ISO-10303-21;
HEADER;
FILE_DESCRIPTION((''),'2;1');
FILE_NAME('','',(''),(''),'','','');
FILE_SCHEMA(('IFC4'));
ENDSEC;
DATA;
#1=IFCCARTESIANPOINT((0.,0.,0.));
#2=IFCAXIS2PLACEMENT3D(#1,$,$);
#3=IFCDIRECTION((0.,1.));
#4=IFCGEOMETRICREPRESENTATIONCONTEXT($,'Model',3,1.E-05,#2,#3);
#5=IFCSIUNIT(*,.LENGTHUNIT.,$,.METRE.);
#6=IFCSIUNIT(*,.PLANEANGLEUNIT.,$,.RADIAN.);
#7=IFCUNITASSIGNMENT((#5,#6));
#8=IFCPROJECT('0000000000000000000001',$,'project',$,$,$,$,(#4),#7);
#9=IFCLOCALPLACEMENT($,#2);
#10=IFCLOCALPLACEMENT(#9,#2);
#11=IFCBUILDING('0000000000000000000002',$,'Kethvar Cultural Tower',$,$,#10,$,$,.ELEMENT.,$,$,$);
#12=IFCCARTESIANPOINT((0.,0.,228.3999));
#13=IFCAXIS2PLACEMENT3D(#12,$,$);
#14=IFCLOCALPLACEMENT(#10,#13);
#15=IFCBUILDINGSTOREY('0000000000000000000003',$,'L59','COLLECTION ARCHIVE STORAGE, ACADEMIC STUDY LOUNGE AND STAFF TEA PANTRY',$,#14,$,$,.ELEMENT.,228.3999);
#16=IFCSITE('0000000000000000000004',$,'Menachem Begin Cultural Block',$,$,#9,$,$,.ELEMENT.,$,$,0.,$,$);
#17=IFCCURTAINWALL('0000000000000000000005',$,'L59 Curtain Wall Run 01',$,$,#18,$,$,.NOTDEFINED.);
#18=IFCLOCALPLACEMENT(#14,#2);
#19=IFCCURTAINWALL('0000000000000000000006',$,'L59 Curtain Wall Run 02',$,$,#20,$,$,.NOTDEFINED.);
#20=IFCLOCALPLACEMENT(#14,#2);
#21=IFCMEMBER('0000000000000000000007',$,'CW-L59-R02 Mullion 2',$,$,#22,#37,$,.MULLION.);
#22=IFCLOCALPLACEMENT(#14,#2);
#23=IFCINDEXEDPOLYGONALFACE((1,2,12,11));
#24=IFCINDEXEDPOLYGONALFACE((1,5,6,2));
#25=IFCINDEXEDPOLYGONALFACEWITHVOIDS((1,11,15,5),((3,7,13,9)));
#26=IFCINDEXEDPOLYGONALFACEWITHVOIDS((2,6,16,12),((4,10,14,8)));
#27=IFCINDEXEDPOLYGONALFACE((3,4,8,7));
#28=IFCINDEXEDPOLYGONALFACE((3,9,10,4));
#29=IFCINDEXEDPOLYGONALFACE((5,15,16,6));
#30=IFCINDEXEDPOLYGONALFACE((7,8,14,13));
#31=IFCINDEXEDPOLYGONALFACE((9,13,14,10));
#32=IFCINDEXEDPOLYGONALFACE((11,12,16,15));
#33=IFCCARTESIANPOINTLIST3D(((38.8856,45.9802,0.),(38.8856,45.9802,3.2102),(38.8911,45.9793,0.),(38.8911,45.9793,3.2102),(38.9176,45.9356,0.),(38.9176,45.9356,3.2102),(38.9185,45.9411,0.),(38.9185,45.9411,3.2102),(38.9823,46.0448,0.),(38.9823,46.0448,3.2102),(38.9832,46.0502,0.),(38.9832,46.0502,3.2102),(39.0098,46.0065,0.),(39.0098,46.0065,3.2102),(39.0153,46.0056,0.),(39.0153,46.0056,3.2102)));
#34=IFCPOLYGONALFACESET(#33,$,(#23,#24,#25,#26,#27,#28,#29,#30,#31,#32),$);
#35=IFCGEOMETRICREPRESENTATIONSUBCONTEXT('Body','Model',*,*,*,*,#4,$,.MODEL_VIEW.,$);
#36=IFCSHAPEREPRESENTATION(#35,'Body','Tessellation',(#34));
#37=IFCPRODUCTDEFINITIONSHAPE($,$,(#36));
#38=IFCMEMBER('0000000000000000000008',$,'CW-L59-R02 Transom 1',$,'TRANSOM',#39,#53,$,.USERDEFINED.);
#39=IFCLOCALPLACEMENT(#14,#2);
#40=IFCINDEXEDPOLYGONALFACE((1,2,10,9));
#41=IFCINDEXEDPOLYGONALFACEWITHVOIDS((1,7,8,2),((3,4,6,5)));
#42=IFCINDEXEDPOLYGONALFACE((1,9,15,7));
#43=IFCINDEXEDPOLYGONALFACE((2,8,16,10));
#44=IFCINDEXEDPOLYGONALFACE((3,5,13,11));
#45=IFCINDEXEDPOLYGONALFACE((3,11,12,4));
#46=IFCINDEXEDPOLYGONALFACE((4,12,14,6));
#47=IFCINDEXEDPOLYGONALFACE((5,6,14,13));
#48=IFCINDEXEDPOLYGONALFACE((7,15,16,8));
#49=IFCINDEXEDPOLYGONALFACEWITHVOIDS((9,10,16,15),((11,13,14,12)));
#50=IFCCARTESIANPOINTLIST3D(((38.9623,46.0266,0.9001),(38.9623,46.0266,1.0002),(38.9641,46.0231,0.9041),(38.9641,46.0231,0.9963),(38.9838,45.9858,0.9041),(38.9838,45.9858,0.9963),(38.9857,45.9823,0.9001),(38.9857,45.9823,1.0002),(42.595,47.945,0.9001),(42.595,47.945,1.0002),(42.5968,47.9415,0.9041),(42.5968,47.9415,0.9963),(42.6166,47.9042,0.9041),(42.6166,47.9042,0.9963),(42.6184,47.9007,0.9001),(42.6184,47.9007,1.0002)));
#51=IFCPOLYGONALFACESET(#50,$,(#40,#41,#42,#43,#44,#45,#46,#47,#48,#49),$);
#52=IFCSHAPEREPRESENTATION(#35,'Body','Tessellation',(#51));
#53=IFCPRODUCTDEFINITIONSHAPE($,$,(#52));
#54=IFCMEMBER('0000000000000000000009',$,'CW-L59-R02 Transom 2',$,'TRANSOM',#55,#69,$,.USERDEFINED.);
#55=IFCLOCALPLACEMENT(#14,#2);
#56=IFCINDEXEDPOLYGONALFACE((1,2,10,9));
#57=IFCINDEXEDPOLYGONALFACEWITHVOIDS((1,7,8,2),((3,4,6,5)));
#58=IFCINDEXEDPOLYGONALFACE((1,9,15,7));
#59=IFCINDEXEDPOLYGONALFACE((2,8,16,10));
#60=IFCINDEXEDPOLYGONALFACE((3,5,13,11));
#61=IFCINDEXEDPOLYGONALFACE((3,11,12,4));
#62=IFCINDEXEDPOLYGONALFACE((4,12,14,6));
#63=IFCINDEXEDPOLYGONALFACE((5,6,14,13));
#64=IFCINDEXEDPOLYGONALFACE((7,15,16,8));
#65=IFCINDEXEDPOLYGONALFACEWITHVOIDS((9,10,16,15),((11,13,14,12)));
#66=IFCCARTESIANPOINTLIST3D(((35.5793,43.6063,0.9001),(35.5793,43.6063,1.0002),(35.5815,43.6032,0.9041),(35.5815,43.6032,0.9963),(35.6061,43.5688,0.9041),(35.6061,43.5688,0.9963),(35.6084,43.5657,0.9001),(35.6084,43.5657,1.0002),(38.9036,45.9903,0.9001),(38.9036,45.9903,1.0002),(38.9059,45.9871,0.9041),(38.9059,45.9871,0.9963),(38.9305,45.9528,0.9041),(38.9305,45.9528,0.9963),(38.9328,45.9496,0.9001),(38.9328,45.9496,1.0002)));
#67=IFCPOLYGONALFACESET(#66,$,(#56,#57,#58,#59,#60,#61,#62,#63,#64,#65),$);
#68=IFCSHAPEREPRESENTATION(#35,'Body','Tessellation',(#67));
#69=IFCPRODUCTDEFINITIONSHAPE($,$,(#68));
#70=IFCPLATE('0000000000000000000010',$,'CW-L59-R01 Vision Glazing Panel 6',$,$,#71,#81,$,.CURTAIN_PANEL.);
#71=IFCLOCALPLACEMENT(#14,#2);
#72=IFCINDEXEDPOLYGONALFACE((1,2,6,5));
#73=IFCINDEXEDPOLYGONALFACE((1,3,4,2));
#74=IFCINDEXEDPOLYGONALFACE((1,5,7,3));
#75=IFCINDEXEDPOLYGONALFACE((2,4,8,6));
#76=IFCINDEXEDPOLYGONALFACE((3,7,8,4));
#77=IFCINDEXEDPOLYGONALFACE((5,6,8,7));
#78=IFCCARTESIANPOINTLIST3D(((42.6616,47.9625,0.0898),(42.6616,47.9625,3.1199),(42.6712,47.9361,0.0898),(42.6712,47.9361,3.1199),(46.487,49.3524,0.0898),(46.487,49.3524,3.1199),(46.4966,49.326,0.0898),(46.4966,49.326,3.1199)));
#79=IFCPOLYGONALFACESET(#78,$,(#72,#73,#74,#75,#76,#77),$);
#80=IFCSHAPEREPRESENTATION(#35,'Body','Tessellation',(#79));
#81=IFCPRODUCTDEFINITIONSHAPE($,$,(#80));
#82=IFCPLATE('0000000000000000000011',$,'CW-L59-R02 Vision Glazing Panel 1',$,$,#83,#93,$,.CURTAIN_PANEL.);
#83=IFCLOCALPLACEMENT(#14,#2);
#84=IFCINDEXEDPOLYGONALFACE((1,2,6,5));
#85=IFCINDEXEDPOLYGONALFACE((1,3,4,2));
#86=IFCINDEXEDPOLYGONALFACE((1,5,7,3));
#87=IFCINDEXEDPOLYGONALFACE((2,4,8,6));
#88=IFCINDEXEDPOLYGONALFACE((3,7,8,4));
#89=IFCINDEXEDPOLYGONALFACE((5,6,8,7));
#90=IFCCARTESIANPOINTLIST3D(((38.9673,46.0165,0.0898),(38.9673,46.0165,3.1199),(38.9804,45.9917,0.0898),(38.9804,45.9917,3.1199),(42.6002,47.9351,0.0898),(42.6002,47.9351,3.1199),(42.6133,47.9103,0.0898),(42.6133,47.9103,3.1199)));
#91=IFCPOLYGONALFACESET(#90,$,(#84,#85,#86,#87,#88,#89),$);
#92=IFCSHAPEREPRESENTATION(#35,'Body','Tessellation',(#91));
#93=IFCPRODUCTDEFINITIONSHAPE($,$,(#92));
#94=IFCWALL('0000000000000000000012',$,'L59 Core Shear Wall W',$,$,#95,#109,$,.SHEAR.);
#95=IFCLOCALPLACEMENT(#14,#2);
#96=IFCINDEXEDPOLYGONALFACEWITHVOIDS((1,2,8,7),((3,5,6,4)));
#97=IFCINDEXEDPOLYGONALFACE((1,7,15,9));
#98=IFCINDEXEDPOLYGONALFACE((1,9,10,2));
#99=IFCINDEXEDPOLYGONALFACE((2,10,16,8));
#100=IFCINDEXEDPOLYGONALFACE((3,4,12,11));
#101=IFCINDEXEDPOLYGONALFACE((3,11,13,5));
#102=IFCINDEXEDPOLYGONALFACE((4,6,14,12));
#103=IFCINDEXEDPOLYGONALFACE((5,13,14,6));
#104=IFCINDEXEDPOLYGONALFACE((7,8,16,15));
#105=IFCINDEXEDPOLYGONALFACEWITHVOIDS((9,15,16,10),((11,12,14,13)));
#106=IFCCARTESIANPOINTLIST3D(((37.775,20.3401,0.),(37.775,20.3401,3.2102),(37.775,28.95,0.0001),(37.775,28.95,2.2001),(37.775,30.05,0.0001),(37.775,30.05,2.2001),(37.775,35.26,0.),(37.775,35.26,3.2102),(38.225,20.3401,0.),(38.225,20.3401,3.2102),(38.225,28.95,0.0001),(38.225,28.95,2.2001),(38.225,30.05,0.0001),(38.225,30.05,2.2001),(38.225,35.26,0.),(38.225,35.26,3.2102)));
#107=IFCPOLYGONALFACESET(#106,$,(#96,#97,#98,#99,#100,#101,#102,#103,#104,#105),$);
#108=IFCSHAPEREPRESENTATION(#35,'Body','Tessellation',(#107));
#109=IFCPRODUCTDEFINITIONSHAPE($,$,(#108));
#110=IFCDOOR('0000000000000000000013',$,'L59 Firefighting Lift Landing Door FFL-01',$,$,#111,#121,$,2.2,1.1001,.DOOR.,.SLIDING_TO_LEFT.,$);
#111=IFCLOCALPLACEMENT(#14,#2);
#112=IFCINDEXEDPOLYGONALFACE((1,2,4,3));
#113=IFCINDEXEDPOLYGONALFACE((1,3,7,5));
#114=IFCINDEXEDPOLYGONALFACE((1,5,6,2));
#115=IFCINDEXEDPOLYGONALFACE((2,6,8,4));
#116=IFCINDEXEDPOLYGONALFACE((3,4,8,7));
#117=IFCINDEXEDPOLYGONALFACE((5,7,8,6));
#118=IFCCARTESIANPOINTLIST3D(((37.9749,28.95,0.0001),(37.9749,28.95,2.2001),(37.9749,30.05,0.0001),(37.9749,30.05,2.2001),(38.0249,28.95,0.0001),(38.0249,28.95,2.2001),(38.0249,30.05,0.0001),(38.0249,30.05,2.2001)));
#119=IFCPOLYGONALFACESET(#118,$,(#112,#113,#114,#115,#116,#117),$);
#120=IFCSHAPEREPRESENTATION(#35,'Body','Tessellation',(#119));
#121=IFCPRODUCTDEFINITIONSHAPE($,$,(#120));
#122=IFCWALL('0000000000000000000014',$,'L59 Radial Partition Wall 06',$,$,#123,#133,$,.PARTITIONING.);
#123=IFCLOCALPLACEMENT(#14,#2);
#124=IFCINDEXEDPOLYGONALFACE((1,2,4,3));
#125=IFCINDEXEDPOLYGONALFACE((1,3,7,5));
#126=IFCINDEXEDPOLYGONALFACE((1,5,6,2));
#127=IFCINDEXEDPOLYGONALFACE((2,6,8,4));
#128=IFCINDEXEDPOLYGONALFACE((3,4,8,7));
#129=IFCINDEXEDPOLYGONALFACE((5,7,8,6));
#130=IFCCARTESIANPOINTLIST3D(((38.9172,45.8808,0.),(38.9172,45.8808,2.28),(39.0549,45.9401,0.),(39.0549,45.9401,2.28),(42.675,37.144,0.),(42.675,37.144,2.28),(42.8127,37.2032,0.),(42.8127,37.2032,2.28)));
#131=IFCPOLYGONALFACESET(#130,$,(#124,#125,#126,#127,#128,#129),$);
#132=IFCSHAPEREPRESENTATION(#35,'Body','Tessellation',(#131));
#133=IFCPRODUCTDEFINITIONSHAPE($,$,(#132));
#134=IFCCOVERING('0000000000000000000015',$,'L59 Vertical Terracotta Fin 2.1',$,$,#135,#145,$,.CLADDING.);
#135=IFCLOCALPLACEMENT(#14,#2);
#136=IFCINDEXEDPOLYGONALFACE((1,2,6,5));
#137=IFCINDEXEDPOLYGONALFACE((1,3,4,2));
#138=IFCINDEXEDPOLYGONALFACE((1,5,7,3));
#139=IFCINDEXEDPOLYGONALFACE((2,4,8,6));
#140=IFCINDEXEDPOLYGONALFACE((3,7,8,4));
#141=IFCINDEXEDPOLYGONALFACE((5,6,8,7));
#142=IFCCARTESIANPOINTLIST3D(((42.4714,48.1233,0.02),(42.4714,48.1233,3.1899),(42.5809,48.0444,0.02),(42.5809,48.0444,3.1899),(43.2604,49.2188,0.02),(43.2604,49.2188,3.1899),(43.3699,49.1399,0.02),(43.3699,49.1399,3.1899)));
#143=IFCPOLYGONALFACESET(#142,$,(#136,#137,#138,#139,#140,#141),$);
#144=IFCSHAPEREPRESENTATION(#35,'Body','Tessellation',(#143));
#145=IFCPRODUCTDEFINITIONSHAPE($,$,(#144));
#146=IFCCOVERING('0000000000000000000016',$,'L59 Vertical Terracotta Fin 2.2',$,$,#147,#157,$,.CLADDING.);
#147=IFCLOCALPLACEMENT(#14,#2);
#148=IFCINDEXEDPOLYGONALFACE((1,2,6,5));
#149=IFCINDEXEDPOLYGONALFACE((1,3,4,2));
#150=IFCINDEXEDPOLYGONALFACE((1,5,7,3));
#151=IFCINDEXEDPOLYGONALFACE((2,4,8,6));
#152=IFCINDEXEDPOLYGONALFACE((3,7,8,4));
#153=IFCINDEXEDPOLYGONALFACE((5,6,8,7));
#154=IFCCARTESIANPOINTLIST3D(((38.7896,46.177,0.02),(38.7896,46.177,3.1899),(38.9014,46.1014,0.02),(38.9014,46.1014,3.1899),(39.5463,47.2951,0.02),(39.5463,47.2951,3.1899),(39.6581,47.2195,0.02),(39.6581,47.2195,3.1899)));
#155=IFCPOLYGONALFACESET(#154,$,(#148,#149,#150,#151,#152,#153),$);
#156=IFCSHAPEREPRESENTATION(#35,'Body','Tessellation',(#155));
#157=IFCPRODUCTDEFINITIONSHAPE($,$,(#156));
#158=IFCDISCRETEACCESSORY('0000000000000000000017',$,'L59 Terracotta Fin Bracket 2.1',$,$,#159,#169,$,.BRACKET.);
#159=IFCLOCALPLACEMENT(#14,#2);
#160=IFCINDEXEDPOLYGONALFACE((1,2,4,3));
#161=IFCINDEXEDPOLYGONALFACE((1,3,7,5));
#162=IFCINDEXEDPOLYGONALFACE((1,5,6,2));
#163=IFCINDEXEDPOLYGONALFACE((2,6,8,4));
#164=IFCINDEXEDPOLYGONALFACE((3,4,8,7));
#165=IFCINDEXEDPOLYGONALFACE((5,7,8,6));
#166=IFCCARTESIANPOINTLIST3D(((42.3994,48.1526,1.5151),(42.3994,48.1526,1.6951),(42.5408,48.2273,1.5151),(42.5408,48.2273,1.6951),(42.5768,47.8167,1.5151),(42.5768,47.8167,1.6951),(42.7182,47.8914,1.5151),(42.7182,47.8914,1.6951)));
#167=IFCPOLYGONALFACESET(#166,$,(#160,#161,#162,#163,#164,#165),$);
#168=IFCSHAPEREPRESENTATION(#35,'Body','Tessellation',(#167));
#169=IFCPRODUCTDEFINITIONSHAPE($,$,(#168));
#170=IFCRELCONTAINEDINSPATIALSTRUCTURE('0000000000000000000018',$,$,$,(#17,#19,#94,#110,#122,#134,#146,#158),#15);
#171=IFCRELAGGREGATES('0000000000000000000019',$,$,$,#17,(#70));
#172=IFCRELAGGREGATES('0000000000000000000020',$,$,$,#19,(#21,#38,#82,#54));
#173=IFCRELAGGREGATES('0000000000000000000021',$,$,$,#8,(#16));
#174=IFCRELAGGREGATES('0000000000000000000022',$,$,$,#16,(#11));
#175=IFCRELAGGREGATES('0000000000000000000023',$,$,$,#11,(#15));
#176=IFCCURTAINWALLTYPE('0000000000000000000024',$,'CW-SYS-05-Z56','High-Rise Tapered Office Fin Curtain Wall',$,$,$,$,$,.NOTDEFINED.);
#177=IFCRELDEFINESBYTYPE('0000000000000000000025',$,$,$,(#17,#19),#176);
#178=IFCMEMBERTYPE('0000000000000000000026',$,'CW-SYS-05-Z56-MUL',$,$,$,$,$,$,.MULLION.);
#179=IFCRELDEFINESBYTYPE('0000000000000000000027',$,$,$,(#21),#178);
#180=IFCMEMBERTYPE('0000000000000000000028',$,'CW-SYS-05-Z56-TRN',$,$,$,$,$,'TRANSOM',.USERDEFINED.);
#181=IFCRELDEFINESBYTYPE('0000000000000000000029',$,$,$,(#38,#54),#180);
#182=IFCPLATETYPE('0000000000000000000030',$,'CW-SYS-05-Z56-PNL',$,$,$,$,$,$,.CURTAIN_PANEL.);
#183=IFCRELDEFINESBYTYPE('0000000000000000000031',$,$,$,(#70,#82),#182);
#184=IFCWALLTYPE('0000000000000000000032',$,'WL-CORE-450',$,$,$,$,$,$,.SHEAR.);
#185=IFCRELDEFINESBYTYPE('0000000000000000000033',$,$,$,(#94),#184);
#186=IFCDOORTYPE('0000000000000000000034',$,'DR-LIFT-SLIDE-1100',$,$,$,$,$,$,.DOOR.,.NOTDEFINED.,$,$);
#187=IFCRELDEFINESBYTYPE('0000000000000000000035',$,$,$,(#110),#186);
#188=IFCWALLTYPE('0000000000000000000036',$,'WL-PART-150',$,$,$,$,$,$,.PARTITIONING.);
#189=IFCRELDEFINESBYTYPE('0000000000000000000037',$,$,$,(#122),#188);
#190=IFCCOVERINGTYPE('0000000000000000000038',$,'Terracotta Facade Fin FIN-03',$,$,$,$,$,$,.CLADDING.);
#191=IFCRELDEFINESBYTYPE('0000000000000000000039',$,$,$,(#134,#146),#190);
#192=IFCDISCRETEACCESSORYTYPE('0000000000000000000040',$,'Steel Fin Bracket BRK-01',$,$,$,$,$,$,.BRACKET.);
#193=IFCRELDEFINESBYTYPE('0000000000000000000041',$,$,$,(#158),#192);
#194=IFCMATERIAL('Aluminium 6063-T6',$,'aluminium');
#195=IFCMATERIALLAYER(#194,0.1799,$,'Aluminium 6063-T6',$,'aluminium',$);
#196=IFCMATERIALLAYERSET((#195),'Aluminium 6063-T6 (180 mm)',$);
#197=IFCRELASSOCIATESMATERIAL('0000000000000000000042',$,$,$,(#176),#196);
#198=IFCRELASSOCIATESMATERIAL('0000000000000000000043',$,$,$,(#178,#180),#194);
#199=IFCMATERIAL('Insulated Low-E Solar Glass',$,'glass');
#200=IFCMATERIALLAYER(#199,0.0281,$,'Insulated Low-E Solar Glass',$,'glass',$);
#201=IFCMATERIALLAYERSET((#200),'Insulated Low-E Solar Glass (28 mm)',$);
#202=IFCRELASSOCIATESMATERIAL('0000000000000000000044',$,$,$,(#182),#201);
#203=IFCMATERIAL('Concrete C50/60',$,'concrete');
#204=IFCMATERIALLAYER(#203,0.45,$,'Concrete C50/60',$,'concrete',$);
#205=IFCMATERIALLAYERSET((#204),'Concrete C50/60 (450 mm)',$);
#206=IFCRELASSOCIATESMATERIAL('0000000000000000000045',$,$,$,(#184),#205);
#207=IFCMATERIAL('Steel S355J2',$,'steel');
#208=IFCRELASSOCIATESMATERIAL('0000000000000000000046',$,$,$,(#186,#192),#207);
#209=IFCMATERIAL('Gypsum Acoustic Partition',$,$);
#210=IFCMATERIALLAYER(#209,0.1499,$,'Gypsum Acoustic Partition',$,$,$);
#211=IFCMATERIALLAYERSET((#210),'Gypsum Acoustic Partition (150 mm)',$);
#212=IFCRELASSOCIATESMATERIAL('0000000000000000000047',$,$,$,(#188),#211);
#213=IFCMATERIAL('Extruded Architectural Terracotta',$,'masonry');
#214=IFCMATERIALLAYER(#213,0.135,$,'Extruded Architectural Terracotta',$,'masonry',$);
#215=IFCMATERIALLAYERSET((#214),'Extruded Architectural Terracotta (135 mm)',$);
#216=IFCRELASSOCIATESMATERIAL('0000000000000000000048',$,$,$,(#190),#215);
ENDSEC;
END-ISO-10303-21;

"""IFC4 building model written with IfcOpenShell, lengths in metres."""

from ifc_helpers import new_model, si_unit, direction, frame, frame_2d, origin, origin_2d, place, context, subcontext, project, spatial, rectangle, hollow_rectangle, extrude, source, transform, mapped, material, layer, layer_set, material_profile, profile_set, type_object, element, fill, aggregate, save


model = new_model("IFC4")

# Units and contexts
model_context = context("Model", 3, precision=1e-05, world=origin(), true_north=direction((0.0, 1.0)))
body_context = subcontext(model_context, "Body", "Model", "MODEL_VIEW")
ifc_project = project(units=[si_unit("LENGTHUNIT", "METRE"), si_unit("PLANEANGLEUNIT", "RADIAN")], contexts=[model_context])

# Site, building, storey
site_placement = place(None, origin())
site = spatial("IfcSite", under=ifc_project, at=site_placement, Name="Menachem Begin Cultural Block", CompositionType="ELEMENT", RefElevation=0.0)
building_placement = place(site_placement, origin())
building = spatial("IfcBuilding", under=site, at=building_placement, Name="Kethvar Cultural Tower", CompositionType="ELEMENT")
storey_placement = place(building_placement, frame((0.0, 0.0, 228.3999)))
storey = spatial("IfcBuildingStorey", under=building, at=storey_placement, Name="L59", Description="COLLECTION ARCHIVE STORAGE, ACADEMIC STUDY LOUNGE AND STAFF TEA PANTRY", CompositionType="ELEMENT", Elevation=228.3999)

# Shared definitions
ifc_material_1 = material(Name="Steel S355J2", Category="steel")

# Curtain wall
ifc_material_2 = material(Name="Aluminium 6063-T6", Category="aluminium")
ifc_layer_1 = layer(ifc_material_2, 0.1799, Name="Aluminium 6063-T6", Category="aluminium")
ifc_layer_set_1 = layer_set([ifc_layer_1], Name="Aluminium 6063-T6 (180 mm)")
curtain_wall_type = type_object("IfcCurtainWallType", Name="CW-SYS-05-Z56", Description="High-Rise Tapered Office Fin Curtain Wall", PredefinedType="NOTDEFINED", material=ifc_layer_set_1)
curtain_wall_1_placement = place(storey_placement, origin())
curtain_wall_1 = element("IfcCurtainWall", 1, at=curtain_wall_1_placement, inside=storey, type_object=curtain_wall_type, Name="L59 Curtain Wall Run 01", PredefinedType="NOTDEFINED")
ifc_material_profile_1 = material_profile(ifc_material_2, hollow_rectangle(XDim=0.0549, YDim=0.1201, WallThickness=0.0039, at=origin_2d()), Name="Aluminium 6063-T6 — RHS120x55x4")
ifc_profile_set_1 = profile_set([ifc_material_profile_1], Name="Aluminium 6063-T6 — RHS120x55x4")
member_type_1 = type_object("IfcMemberType", Name="CW-SYS-05-Z56-MUL", PredefinedType="MULLION", material=ifc_profile_set_1)
shared_shape_1 = source(origin(), body_context, "Body", "SweptSolid", [
    extrude(hollow_rectangle(XDim=0.0549, YDim=0.1201, WallThickness=0.0039, at=origin_2d()), origin(), (0.0, 0.0, 1.0), 3.2102),
])

# Curtain wall, members
curtain_wall_2_placement = place(storey_placement, origin())
curtain_wall_2 = element("IfcCurtainWall", 2, at=curtain_wall_2_placement, inside=storey, type_object=curtain_wall_type, Name="L59 Curtain Wall Run 02", PredefinedType="NOTDEFINED")
member_1_placement = place(storey_placement, frame((38.9504, 45.9929, 0.0), z_axis=(0.0, 0.0, 1.0), x_axis=(0.582705, -0.812684, 0.0)))
member_1 = element("IfcMember", 3, at=member_1_placement, type_object=member_type_1, Name="CW-L59-R02 Mullion 2", PredefinedType="MULLION", context=body_context, shape_type="MappedRepresentation", body=[
    mapped(shared_shape_1, transform((0.0, 0.0, 0.0), scale=1.0)),
])
ifc_material_profile_2 = material_profile(ifc_material_2, hollow_rectangle(XDim=0.05, YDim=0.1001, WallThickness=0.0039, at=origin_2d()), Name="Aluminium 6063-T6 — RHS100x50x4")
ifc_profile_set_2 = profile_set([ifc_material_profile_2], Name="Aluminium 6063-T6 — RHS100x50x4")
member_type_2 = type_object("IfcMemberType", Name="CW-SYS-05-Z56-TRN", ElementType="TRANSOM", PredefinedType="USERDEFINED", material=ifc_profile_set_2)
shared_shape_2 = source(origin(), body_context, "Body", "SweptSolid", [
    extrude(hollow_rectangle(XDim=0.05, YDim=0.1001, WallThickness=0.0039, at=origin_2d()), origin(), (0.0, 0.0, 1.0), 4.1082),
])
member_2_placement = place(storey_placement, frame((42.6067, 47.9229, 0.9502), z_axis=(-0.88427, -0.466976, 0.0), x_axis=(0.466976, -0.88427, 0.0)))
member_2 = element("IfcMember", 4, at=member_2_placement, type_object=member_type_2, Name="CW-L59-R02 Transom 1", ObjectType="TRANSOM", PredefinedType="USERDEFINED", context=body_context, shape_type="MappedRepresentation", body=[
    mapped(shared_shape_2, transform((0.0, 0.0, 0.0), scale=1.0)),
])
shared_shape_3 = source(origin(), body_context, "Body", "SweptSolid", [
    extrude(hollow_rectangle(XDim=0.05, YDim=0.1001, WallThickness=0.0039, at=origin_2d()), origin(), (0.0, 0.0, 1.0), 4.0908),
])
member_3_placement = place(storey_placement, frame((38.9182, 45.97, 0.9502), z_axis=(-0.812643, -0.582761, 0.0), x_axis=(0.582761, -0.812643, 0.0)))
member_3 = element("IfcMember", 5, at=member_3_placement, type_object=member_type_2, Name="CW-L59-R02 Transom 2", ObjectType="TRANSOM", PredefinedType="USERDEFINED", context=body_context, shape_type="MappedRepresentation", body=[
    mapped(shared_shape_3, transform((0.0, 0.0, 0.0), scale=1.0)),
])

# Plates
ifc_material_3 = material(Name="Insulated Low-E Solar Glass", Category="glass")
ifc_layer_2 = layer(ifc_material_3, 0.0281, Name="Insulated Low-E Solar Glass", Category="glass")
ifc_layer_set_2 = layer_set([ifc_layer_2], Name="Insulated Low-E Solar Glass (28 mm)")
plate_type = type_object("IfcPlateType", Name="CW-SYS-05-Z56-PNL", PredefinedType="CURTAIN_PANEL", material=ifc_layer_set_2)
shared_shape_4 = source(origin(), body_context, "Body", "SweptSolid", [
    extrude(rectangle(XDim=4.0701, YDim=0.0281, at=origin_2d()), origin(), (0.0, 0.0, 1.0), 3.03),
])
plate_1_placement = place(storey_placement, frame((44.5791, 48.6443, 0.0898), z_axis=(0.0, 0.0, 1.0), x_axis=(-0.939883, -0.341495, 0.0)))
plate_1 = element("IfcPlate", 6, at=plate_1_placement, type_object=plate_type, Name="CW-L59-R01 Vision Glazing Panel 6", PredefinedType="CURTAIN_PANEL", context=body_context, shape_type="MappedRepresentation", body=[
    mapped(shared_shape_4, transform((0.0, 0.0, 0.0), scale=1.0)),
])
aggregate(curtain_wall_1, [plate_1])
shared_shape_5 = source(origin(), body_context, "Body", "SweptSolid", [
    extrude(rectangle(XDim=4.1084, YDim=0.0281, at=origin_2d()), origin(), (0.0, 0.0, 1.0), 3.03),
])
plate_2_placement = place(storey_placement, frame((40.7903, 46.9634, 0.0898), z_axis=(0.0, 0.0, 1.0), x_axis=(-0.884263, -0.466989, 0.0)))
plate_2 = element("IfcPlate", 7, at=plate_2_placement, type_object=plate_type, Name="CW-L59-R02 Vision Glazing Panel 1", PredefinedType="CURTAIN_PANEL", context=body_context, shape_type="MappedRepresentation", body=[
    mapped(shared_shape_5, transform((0.0, 0.0, 0.0), scale=1.0)),
])
aggregate(curtain_wall_2, [member_1, member_2, plate_2, member_3])

# Wall, opening, door
ifc_material_4 = material(Name="Concrete C50/60", Category="concrete")
ifc_layer_3 = layer(ifc_material_4, 0.45, Name="Concrete C50/60", Category="concrete")
ifc_layer_set_3 = layer_set([ifc_layer_3], Name="Concrete C50/60 (450 mm)")
wall_type_1 = type_object("IfcWallType", Name="WL-CORE-450", PredefinedType="SHEAR", material=ifc_layer_set_3)
wall_1_placement = place(storey_placement, frame((38.0, 35.26, 0.0), z_axis=(0.0, 0.0, 1.0), x_axis=(0.0, -1.0, 0.0)))
wall_1 = element("IfcWall", 8, at=wall_1_placement, inside=storey, type_object=wall_type_1, Name="L59 Core Shear Wall W", PredefinedType="SHEAR", context=body_context, shape_type="SweptSolid", body=[
    extrude(rectangle(XDim=14.9199, YDim=0.45, at=frame_2d((7.46, 0.0))), origin(), (0.0, 0.0, 1.0), 3.2102),
])
opening_placement = place(wall_1_placement, frame((5.21, 0.0, 0.0)))
opening = element("IfcOpeningElement", 9, at=opening_placement, cuts=wall_1, PredefinedType="OPENING", context=body_context, shape_type="SweptSolid", body=[
    extrude(rectangle(XDim=1.1001, YDim=2.2, at=frame_2d((0.55, 1.1001))), frame((0.0, 0.2349, 0.0), z_axis=(0.0, -1.0, 0.0), x_axis=(1.0, 0.0, 0.0)), (0.0, 0.0, 1.0), 0.47),
])
door_type = type_object("IfcDoorType", Name="DR-LIFT-SLIDE-1100", OperationType="NOTDEFINED", PredefinedType="DOOR", material=ifc_material_1)
shared_shape_6 = source(origin(), body_context, "Body", "SweptSolid", [
    extrude(rectangle(XDim=1.1001, YDim=2.2, at=frame_2d((0.55, 1.1001))), frame((0.0, 0.0249, 0.0), z_axis=(0.0, -1.0, 0.0), x_axis=(1.0, 0.0, 0.0)), (0.0, 0.0, 1.0), 0.05),
])
door_placement = place(opening_placement, origin())
door = element("IfcDoor", 10, at=door_placement, inside=storey, type_object=door_type, Name="L59 Firefighting Lift Landing Door FFL-01", OperationType="SLIDING_TO_LEFT", OverallHeight=2.2, OverallWidth=1.1001, PredefinedType="DOOR", context=body_context, shape_type="MappedRepresentation", body=[
    mapped(shared_shape_6, transform((0.0, 0.0, 0.0), scale=1.0)),
])
fill(opening, door)

# Wall
ifc_material_5 = material(Name="Gypsum Acoustic Partition")
ifc_layer_4 = layer(ifc_material_5, 0.1499, Name="Gypsum Acoustic Partition")
ifc_layer_set_4 = layer_set([ifc_layer_4], Name="Gypsum Acoustic Partition (150 mm)")
wall_type_2 = type_object("IfcWallType", Name="WL-PART-150", PredefinedType="PARTITIONING", material=ifc_layer_set_4)
wall_2_placement = place(storey_placement, frame((42.7439, 37.1736, 0.0), z_axis=(0.0, 0.0, 1.0), x_axis=(-0.395115, 0.918632, 0.0)))
element("IfcWall", 11, at=wall_2_placement, inside=storey, type_object=wall_type_2, Name="L59 Radial Partition Wall 06", PredefinedType="PARTITIONING", context=body_context, shape_type="SweptSolid", body=[
    extrude(rectangle(XDim=9.5107, YDim=0.1499, at=frame_2d((4.7554, 0.0))), origin(), (0.0, 0.0, 1.0), 2.28),
])

# Coverings
ifc_material_6 = material(Name="Extruded Architectural Terracotta", Category="masonry")
ifc_layer_5 = layer(ifc_material_6, 0.135, Name="Extruded Architectural Terracotta", Category="masonry")
ifc_layer_set_5 = layer_set([ifc_layer_5], Name="Extruded Architectural Terracotta (135 mm)")
covering_type = type_object("IfcCoveringType", Name="Terracotta Facade Fin FIN-03", PredefinedType="CLADDING", material=ifc_layer_set_5)
shared_shape_7 = source(origin(), body_context, "Body", "SweptSolid", [
    extrude(rectangle(XDim=1.3501, YDim=0.135, at=origin_2d()), origin(), (0.0, 0.0, 1.0), 3.1699),
])
for number, where, z_axis, x_axis, name in (
    (12, (42.9207, 48.6316, 0.02), (0.0, 0.0, 1.0), (0.584391, 0.811472, 0.0), "L59 Vertical Terracotta Fin 2.1"),
    (13, (39.2239, 46.6982, 0.02), (0.0, 0.0, 1.0), (0.560494, 0.828158, 0.0), "L59 Vertical Terracotta Fin 2.2"),
):
    element("IfcCovering", number, at=place(storey_placement, frame(where, z_axis=z_axis, x_axis=x_axis)), inside=storey, type_object=covering_type, Name=name, PredefinedType="CLADDING", context=body_context, shape_type="MappedRepresentation", body=[
        mapped(shared_shape_7, transform((0.0, 0.0, 0.0), scale=1.0)),
    ])

# Discrete accessory
discrete_accessory_type = type_object("IfcDiscreteAccessoryType", Name="Steel Fin Bracket BRK-01", PredefinedType="BRACKET", material=ifc_material_1)
shared_shape_8 = source(origin(), body_context, "Body", "SweptSolid", [
    extrude(rectangle(XDim=0.3799, YDim=0.1599, at=origin_2d()), origin(), (0.0, 0.0, 1.0), 0.1799),
])
for number, where, z_axis, x_axis, name in (
    (14, (42.5588, 48.022, 1.5151), (0.0, 0.0, 1.0), (-0.467004, 0.884255, 0.0), "L59 Terracotta Fin Bracket 2.1"),
):
    element("IfcDiscreteAccessory", number, at=place(storey_placement, frame(where, z_axis=z_axis, x_axis=x_axis)), inside=storey, type_object=discrete_accessory_type, Name=name, PredefinedType="BRACKET", context=body_context, shape_type="MappedRepresentation", body=[
        mapped(shared_shape_8, transform((0.0, 0.0, 0.0), scale=1.0)),
    ])

save(model, "model.ifc")
